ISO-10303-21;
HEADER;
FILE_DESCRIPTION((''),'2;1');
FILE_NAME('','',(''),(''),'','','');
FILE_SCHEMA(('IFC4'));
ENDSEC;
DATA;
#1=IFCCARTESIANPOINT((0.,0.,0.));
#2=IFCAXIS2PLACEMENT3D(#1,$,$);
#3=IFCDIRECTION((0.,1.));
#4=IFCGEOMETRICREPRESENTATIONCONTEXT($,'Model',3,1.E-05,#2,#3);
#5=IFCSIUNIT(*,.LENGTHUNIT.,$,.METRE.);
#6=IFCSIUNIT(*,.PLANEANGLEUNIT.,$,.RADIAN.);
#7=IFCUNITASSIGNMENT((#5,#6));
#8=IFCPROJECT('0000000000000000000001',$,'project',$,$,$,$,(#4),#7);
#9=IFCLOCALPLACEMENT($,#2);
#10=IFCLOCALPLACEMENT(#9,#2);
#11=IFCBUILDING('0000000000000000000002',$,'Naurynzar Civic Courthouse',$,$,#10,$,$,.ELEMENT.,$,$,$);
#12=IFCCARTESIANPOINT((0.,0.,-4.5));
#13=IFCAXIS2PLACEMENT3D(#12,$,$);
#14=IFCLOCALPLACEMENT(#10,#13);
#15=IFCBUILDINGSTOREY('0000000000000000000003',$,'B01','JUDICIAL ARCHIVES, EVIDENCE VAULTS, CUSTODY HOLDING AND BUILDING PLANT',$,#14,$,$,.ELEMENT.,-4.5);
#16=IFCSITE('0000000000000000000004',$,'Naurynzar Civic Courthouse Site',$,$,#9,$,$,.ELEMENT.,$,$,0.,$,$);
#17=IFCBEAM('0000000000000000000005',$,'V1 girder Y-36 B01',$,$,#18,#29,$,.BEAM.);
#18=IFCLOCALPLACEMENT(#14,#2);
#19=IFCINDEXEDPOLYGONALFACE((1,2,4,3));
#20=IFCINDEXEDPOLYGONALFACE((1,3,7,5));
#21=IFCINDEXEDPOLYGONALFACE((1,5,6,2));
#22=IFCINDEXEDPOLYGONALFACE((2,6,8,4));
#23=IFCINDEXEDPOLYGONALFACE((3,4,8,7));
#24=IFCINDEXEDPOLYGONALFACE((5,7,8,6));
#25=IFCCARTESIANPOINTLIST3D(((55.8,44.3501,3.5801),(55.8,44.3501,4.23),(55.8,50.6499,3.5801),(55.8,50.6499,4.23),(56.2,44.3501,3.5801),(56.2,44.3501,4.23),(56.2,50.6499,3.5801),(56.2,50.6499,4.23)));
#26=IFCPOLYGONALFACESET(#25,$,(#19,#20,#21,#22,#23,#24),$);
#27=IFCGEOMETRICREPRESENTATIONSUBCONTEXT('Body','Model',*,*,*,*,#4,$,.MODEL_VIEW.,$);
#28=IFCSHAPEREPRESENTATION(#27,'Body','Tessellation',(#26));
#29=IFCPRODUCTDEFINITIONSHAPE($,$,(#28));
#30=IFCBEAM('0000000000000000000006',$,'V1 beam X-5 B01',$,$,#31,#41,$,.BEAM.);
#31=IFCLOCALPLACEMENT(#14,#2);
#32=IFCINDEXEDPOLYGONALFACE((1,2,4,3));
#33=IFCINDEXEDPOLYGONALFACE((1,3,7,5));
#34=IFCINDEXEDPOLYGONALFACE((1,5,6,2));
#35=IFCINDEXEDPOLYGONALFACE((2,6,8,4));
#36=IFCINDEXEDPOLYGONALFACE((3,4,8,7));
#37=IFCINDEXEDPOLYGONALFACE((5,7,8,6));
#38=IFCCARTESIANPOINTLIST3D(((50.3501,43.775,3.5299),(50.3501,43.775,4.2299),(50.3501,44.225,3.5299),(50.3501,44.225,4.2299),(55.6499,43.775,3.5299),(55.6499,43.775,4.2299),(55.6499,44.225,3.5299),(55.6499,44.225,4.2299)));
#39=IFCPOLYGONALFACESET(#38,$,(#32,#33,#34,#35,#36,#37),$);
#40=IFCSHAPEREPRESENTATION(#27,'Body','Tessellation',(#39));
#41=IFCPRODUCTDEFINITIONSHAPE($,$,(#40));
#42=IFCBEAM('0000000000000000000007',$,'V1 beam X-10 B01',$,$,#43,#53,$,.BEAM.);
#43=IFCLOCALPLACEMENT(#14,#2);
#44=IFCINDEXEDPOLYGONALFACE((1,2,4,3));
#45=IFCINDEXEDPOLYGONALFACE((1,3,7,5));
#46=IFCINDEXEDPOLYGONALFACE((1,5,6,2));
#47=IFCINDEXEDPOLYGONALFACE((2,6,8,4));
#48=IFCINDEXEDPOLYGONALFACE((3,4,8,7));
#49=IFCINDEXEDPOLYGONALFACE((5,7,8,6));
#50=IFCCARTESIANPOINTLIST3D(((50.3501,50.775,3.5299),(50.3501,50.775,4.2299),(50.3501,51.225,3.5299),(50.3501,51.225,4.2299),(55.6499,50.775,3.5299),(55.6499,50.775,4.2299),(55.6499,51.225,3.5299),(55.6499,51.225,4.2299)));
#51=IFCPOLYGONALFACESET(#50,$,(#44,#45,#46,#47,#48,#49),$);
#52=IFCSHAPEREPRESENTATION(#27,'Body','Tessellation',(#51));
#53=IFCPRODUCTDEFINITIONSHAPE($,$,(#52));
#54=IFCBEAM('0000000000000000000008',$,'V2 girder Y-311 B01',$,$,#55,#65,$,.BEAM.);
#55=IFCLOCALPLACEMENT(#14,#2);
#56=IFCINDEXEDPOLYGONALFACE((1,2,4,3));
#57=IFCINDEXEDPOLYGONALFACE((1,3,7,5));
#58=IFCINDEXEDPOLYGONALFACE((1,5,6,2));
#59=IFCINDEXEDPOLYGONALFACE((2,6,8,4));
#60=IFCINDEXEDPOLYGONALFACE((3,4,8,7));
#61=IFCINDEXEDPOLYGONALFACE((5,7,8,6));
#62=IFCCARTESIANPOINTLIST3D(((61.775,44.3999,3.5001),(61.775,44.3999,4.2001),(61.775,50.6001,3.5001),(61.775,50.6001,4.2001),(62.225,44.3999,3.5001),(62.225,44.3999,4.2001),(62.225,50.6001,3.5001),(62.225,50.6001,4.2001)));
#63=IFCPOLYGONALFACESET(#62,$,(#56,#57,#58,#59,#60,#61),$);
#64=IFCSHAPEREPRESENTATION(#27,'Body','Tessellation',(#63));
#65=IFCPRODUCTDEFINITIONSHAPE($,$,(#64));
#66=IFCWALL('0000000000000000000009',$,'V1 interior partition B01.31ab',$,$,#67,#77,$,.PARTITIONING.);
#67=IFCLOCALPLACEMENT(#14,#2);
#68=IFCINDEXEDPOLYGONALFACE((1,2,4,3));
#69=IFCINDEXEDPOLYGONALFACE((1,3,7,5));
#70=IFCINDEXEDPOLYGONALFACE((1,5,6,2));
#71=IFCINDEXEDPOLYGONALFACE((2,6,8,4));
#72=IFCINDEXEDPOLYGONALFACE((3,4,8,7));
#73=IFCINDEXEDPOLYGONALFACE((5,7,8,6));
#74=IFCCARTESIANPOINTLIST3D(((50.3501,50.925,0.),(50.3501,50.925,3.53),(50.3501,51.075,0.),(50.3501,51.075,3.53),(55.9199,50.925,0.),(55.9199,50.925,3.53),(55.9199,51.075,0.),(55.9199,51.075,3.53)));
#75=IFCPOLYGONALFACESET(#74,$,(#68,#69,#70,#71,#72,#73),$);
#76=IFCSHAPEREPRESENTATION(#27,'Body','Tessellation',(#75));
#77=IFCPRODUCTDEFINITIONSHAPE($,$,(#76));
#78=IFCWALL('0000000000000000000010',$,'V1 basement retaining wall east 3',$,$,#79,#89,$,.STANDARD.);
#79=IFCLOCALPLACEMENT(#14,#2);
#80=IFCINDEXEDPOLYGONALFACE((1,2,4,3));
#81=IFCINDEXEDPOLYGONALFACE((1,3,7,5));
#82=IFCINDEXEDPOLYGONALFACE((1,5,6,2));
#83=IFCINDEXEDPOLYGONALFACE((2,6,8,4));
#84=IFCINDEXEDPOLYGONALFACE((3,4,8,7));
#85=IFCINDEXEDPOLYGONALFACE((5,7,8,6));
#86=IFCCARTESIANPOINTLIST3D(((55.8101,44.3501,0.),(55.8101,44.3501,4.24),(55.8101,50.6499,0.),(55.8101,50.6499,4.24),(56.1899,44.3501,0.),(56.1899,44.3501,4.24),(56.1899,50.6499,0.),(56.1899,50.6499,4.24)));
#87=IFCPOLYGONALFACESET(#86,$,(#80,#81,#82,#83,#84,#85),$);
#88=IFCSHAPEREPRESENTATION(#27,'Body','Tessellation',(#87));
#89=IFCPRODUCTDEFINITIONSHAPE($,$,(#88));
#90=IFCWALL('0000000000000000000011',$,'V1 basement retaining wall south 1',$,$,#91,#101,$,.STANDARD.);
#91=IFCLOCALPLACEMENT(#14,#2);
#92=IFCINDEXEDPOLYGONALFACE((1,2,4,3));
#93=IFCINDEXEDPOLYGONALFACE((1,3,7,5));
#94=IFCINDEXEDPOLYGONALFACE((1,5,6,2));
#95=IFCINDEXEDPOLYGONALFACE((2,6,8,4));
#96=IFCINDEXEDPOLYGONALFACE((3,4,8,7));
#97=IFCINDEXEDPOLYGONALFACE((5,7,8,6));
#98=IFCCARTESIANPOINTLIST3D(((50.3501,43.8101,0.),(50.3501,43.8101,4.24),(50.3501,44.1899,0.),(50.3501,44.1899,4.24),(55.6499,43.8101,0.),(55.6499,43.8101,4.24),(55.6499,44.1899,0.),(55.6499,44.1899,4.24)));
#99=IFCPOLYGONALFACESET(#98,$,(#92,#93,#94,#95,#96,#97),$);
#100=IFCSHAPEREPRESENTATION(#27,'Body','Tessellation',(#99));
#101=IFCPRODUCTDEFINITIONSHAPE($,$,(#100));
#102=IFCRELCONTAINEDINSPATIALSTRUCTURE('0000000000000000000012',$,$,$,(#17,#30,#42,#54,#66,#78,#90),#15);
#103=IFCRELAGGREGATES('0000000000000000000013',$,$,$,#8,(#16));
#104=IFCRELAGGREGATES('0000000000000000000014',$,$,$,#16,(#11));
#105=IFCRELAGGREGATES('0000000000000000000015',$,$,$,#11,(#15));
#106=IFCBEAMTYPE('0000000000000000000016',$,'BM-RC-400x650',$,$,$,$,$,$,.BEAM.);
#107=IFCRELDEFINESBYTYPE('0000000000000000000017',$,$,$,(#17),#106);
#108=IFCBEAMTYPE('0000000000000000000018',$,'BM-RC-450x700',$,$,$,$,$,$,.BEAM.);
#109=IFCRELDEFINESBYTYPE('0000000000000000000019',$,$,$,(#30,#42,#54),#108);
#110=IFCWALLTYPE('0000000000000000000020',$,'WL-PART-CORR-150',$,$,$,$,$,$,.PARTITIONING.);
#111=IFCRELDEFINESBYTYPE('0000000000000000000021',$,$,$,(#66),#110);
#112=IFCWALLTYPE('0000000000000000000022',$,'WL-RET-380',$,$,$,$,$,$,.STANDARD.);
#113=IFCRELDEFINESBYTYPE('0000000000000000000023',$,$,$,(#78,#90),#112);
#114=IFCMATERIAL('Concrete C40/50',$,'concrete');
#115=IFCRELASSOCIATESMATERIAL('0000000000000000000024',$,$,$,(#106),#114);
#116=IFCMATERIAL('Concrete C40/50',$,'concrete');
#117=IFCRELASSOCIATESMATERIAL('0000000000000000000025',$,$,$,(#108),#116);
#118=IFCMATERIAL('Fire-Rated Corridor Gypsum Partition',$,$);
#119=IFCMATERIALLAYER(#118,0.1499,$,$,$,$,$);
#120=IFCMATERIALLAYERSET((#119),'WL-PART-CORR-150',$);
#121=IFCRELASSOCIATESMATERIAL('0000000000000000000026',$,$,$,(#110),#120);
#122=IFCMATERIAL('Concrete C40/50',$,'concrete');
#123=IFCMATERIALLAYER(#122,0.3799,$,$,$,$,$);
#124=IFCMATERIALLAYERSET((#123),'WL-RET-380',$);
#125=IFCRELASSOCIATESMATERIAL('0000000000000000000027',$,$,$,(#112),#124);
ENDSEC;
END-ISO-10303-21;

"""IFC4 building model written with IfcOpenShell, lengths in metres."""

from ifc_helpers import new_model, si_unit, direction, frame, frame_2d, origin, origin_2d, place, context, subcontext, project, spatial, rectangle, extrude, material, layer, layer_set, material_profile, profile_set, type_object, element, save


model = new_model("IFC4")

# Units and contexts
model_context = context("Model", 3, precision=1e-05, world=origin(), true_north=direction((0.0, 1.0)))
body_context = subcontext(model_context, "Body", "Model", "MODEL_VIEW")
ifc_project = project(units=[si_unit("LENGTHUNIT", "METRE"), si_unit("PLANEANGLEUNIT", "RADIAN")], contexts=[model_context])

# Site, building, storey
site_placement = place(None, origin())
site = spatial("IfcSite", under=ifc_project, at=site_placement, Name="Naurynzar Civic Courthouse Site", CompositionType="ELEMENT", RefElevation=0.0)
building_placement = place(site_placement, origin())
building = spatial("IfcBuilding", under=site, at=building_placement, Name="Naurynzar Civic Courthouse", CompositionType="ELEMENT")
storey_placement = place(building_placement, frame((0.0, 0.0, -4.5)))
storey = spatial("IfcBuildingStorey", under=building, at=storey_placement, Name="B01", Description="JUDICIAL ARCHIVES, EVIDENCE VAULTS, CUSTODY HOLDING AND BUILDING PLANT", CompositionType="ELEMENT", Elevation=-4.5)

# Beams
ifc_material_1 = material(Name="Concrete C40/50", Category="concrete")
ifc_material_profile_1 = material_profile(ifc_material_1, rectangle(XDim=0.3999, YDim=0.6499, at=origin_2d()), Name="RCB 400x650")
ifc_profile_set_1 = profile_set([ifc_material_profile_1], Name="Concrete C40/50")
beam_type_1 = type_object("IfcBeamType", Name="BM-RC-400x650", PredefinedType="BEAM", material=ifc_profile_set_1)
beam_1_placement = place(storey_placement, frame((56.0, 44.3501, 3.905), z_axis=(0.0, 1.0, 0.0), x_axis=(-1.0, 0.0, 0.0)))
element("IfcBeam", 1, at=beam_1_placement, inside=storey, type_object=beam_type_1, Name="V1 girder Y-36 B01", PredefinedType="BEAM", context=body_context, shape_type="SweptSolid", body=[
    extrude(rectangle(XDim=0.3999, YDim=0.6499, at=origin_2d()), origin(), (0.0, 0.0, 1.0), 6.2998),
])
ifc_material_2 = material(Name="Concrete C40/50", Category="concrete")
ifc_material_profile_2 = material_profile(ifc_material_2, rectangle(XDim=0.45, YDim=0.7, at=origin_2d()), Name="RCB 450x700")
ifc_profile_set_2 = profile_set([ifc_material_profile_2], Name="Concrete C40/50")
beam_type_2 = type_object("IfcBeamType", Name="BM-RC-450x700", PredefinedType="BEAM", material=ifc_profile_set_2)
for number, where, z_axis, x_axis, name in (
    (2, (50.3501, 44.0, 3.8799), (1.0, 0.0, 0.0), (0.0, 1.0, 0.0), "V1 beam X-5 B01"),
    (3, (50.3501, 51.0, 3.8799), (1.0, 0.0, 0.0), (0.0, 1.0, 0.0), "V1 beam X-10 B01"),
):
    element("IfcBeam", number, at=place(storey_placement, frame(where, z_axis=z_axis, x_axis=x_axis)), inside=storey, type_object=beam_type_2, Name=name, PredefinedType="BEAM", context=body_context, shape_type="SweptSolid", body=[
        extrude(rectangle(XDim=0.45, YDim=0.7, at=origin_2d()), origin(), (0.0, 0.0, 1.0), 5.2998),
    ])
beam_2_placement = place(storey_placement, frame((62.0, 44.3999, 3.8501), z_axis=(0.0, 1.0, 0.0), x_axis=(-1.0, 0.0, 0.0)))
element("IfcBeam", 4, at=beam_2_placement, inside=storey, type_object=beam_type_2, Name="V2 girder Y-311 B01", PredefinedType="BEAM", context=body_context, shape_type="SweptSolid", body=[
    extrude(rectangle(XDim=0.45, YDim=0.7, at=origin_2d()), origin(), (0.0, 0.0, 1.0), 6.2002),
])

# Walls
ifc_material_3 = material(Name="Fire-Rated Corridor Gypsum Partition")
ifc_layer_1 = layer(ifc_material_3, 0.1499)
ifc_layer_set_1 = layer_set([ifc_layer_1], Name="WL-PART-CORR-150")
wall_type_1 = type_object("IfcWallType", Name="WL-PART-CORR-150", PredefinedType="PARTITIONING", material=ifc_layer_set_1)
wall_1_placement = place(storey_placement, frame((50.3501, 51.0, 0.0), z_axis=(0.0, 0.0, 1.0), x_axis=(1.0, 0.0, 0.0)))
element("IfcWall", 5, at=wall_1_placement, inside=storey, type_object=wall_type_1, Name="V1 interior partition B01.31ab", PredefinedType="PARTITIONING", context=body_context, shape_type="SweptSolid", body=[
    extrude(rectangle(XDim=5.5698, YDim=0.1499, at=frame_2d((2.7849, 0.0))), origin(), (0.0, 0.0, 1.0), 3.53),
])
ifc_material_4 = material(Name="Concrete C40/50", Category="concrete")
ifc_layer_2 = layer(ifc_material_4, 0.3799)
ifc_layer_set_2 = layer_set([ifc_layer_2], Name="WL-RET-380")
wall_type_2 = type_object("IfcWallType", Name="WL-RET-380", PredefinedType="STANDARD", material=ifc_layer_set_2)
wall_2_placement = place(storey_placement, frame((56.0, 50.6499, 0.0), z_axis=(0.0, 0.0, 1.0), x_axis=(0.0, -1.0, 0.0)))
element("IfcWall", 6, at=wall_2_placement, inside=storey, type_object=wall_type_2, Name="V1 basement retaining wall east 3", PredefinedType="STANDARD", context=body_context, shape_type="SweptSolid", body=[
    extrude(rectangle(XDim=6.2998, YDim=0.3799, at=frame_2d((3.1499, 0.0))), origin(), (0.0, 0.0, 1.0), 4.24),
])
wall_3_placement = place(storey_placement, frame((55.6499, 44.0, 0.0), z_axis=(0.0, 0.0, 1.0), x_axis=(-1.0, 0.0, 0.0)))
element("IfcWall", 7, at=wall_3_placement, inside=storey, type_object=wall_type_2, Name="V1 basement retaining wall south 1", PredefinedType="STANDARD", context=body_context, shape_type="SweptSolid", body=[
    extrude(rectangle(XDim=5.2998, YDim=0.3799, at=frame_2d((2.6499, 0.0))), origin(), (0.0, 0.0, 1.0), 4.24),
])

save(model, "model.ifc")
